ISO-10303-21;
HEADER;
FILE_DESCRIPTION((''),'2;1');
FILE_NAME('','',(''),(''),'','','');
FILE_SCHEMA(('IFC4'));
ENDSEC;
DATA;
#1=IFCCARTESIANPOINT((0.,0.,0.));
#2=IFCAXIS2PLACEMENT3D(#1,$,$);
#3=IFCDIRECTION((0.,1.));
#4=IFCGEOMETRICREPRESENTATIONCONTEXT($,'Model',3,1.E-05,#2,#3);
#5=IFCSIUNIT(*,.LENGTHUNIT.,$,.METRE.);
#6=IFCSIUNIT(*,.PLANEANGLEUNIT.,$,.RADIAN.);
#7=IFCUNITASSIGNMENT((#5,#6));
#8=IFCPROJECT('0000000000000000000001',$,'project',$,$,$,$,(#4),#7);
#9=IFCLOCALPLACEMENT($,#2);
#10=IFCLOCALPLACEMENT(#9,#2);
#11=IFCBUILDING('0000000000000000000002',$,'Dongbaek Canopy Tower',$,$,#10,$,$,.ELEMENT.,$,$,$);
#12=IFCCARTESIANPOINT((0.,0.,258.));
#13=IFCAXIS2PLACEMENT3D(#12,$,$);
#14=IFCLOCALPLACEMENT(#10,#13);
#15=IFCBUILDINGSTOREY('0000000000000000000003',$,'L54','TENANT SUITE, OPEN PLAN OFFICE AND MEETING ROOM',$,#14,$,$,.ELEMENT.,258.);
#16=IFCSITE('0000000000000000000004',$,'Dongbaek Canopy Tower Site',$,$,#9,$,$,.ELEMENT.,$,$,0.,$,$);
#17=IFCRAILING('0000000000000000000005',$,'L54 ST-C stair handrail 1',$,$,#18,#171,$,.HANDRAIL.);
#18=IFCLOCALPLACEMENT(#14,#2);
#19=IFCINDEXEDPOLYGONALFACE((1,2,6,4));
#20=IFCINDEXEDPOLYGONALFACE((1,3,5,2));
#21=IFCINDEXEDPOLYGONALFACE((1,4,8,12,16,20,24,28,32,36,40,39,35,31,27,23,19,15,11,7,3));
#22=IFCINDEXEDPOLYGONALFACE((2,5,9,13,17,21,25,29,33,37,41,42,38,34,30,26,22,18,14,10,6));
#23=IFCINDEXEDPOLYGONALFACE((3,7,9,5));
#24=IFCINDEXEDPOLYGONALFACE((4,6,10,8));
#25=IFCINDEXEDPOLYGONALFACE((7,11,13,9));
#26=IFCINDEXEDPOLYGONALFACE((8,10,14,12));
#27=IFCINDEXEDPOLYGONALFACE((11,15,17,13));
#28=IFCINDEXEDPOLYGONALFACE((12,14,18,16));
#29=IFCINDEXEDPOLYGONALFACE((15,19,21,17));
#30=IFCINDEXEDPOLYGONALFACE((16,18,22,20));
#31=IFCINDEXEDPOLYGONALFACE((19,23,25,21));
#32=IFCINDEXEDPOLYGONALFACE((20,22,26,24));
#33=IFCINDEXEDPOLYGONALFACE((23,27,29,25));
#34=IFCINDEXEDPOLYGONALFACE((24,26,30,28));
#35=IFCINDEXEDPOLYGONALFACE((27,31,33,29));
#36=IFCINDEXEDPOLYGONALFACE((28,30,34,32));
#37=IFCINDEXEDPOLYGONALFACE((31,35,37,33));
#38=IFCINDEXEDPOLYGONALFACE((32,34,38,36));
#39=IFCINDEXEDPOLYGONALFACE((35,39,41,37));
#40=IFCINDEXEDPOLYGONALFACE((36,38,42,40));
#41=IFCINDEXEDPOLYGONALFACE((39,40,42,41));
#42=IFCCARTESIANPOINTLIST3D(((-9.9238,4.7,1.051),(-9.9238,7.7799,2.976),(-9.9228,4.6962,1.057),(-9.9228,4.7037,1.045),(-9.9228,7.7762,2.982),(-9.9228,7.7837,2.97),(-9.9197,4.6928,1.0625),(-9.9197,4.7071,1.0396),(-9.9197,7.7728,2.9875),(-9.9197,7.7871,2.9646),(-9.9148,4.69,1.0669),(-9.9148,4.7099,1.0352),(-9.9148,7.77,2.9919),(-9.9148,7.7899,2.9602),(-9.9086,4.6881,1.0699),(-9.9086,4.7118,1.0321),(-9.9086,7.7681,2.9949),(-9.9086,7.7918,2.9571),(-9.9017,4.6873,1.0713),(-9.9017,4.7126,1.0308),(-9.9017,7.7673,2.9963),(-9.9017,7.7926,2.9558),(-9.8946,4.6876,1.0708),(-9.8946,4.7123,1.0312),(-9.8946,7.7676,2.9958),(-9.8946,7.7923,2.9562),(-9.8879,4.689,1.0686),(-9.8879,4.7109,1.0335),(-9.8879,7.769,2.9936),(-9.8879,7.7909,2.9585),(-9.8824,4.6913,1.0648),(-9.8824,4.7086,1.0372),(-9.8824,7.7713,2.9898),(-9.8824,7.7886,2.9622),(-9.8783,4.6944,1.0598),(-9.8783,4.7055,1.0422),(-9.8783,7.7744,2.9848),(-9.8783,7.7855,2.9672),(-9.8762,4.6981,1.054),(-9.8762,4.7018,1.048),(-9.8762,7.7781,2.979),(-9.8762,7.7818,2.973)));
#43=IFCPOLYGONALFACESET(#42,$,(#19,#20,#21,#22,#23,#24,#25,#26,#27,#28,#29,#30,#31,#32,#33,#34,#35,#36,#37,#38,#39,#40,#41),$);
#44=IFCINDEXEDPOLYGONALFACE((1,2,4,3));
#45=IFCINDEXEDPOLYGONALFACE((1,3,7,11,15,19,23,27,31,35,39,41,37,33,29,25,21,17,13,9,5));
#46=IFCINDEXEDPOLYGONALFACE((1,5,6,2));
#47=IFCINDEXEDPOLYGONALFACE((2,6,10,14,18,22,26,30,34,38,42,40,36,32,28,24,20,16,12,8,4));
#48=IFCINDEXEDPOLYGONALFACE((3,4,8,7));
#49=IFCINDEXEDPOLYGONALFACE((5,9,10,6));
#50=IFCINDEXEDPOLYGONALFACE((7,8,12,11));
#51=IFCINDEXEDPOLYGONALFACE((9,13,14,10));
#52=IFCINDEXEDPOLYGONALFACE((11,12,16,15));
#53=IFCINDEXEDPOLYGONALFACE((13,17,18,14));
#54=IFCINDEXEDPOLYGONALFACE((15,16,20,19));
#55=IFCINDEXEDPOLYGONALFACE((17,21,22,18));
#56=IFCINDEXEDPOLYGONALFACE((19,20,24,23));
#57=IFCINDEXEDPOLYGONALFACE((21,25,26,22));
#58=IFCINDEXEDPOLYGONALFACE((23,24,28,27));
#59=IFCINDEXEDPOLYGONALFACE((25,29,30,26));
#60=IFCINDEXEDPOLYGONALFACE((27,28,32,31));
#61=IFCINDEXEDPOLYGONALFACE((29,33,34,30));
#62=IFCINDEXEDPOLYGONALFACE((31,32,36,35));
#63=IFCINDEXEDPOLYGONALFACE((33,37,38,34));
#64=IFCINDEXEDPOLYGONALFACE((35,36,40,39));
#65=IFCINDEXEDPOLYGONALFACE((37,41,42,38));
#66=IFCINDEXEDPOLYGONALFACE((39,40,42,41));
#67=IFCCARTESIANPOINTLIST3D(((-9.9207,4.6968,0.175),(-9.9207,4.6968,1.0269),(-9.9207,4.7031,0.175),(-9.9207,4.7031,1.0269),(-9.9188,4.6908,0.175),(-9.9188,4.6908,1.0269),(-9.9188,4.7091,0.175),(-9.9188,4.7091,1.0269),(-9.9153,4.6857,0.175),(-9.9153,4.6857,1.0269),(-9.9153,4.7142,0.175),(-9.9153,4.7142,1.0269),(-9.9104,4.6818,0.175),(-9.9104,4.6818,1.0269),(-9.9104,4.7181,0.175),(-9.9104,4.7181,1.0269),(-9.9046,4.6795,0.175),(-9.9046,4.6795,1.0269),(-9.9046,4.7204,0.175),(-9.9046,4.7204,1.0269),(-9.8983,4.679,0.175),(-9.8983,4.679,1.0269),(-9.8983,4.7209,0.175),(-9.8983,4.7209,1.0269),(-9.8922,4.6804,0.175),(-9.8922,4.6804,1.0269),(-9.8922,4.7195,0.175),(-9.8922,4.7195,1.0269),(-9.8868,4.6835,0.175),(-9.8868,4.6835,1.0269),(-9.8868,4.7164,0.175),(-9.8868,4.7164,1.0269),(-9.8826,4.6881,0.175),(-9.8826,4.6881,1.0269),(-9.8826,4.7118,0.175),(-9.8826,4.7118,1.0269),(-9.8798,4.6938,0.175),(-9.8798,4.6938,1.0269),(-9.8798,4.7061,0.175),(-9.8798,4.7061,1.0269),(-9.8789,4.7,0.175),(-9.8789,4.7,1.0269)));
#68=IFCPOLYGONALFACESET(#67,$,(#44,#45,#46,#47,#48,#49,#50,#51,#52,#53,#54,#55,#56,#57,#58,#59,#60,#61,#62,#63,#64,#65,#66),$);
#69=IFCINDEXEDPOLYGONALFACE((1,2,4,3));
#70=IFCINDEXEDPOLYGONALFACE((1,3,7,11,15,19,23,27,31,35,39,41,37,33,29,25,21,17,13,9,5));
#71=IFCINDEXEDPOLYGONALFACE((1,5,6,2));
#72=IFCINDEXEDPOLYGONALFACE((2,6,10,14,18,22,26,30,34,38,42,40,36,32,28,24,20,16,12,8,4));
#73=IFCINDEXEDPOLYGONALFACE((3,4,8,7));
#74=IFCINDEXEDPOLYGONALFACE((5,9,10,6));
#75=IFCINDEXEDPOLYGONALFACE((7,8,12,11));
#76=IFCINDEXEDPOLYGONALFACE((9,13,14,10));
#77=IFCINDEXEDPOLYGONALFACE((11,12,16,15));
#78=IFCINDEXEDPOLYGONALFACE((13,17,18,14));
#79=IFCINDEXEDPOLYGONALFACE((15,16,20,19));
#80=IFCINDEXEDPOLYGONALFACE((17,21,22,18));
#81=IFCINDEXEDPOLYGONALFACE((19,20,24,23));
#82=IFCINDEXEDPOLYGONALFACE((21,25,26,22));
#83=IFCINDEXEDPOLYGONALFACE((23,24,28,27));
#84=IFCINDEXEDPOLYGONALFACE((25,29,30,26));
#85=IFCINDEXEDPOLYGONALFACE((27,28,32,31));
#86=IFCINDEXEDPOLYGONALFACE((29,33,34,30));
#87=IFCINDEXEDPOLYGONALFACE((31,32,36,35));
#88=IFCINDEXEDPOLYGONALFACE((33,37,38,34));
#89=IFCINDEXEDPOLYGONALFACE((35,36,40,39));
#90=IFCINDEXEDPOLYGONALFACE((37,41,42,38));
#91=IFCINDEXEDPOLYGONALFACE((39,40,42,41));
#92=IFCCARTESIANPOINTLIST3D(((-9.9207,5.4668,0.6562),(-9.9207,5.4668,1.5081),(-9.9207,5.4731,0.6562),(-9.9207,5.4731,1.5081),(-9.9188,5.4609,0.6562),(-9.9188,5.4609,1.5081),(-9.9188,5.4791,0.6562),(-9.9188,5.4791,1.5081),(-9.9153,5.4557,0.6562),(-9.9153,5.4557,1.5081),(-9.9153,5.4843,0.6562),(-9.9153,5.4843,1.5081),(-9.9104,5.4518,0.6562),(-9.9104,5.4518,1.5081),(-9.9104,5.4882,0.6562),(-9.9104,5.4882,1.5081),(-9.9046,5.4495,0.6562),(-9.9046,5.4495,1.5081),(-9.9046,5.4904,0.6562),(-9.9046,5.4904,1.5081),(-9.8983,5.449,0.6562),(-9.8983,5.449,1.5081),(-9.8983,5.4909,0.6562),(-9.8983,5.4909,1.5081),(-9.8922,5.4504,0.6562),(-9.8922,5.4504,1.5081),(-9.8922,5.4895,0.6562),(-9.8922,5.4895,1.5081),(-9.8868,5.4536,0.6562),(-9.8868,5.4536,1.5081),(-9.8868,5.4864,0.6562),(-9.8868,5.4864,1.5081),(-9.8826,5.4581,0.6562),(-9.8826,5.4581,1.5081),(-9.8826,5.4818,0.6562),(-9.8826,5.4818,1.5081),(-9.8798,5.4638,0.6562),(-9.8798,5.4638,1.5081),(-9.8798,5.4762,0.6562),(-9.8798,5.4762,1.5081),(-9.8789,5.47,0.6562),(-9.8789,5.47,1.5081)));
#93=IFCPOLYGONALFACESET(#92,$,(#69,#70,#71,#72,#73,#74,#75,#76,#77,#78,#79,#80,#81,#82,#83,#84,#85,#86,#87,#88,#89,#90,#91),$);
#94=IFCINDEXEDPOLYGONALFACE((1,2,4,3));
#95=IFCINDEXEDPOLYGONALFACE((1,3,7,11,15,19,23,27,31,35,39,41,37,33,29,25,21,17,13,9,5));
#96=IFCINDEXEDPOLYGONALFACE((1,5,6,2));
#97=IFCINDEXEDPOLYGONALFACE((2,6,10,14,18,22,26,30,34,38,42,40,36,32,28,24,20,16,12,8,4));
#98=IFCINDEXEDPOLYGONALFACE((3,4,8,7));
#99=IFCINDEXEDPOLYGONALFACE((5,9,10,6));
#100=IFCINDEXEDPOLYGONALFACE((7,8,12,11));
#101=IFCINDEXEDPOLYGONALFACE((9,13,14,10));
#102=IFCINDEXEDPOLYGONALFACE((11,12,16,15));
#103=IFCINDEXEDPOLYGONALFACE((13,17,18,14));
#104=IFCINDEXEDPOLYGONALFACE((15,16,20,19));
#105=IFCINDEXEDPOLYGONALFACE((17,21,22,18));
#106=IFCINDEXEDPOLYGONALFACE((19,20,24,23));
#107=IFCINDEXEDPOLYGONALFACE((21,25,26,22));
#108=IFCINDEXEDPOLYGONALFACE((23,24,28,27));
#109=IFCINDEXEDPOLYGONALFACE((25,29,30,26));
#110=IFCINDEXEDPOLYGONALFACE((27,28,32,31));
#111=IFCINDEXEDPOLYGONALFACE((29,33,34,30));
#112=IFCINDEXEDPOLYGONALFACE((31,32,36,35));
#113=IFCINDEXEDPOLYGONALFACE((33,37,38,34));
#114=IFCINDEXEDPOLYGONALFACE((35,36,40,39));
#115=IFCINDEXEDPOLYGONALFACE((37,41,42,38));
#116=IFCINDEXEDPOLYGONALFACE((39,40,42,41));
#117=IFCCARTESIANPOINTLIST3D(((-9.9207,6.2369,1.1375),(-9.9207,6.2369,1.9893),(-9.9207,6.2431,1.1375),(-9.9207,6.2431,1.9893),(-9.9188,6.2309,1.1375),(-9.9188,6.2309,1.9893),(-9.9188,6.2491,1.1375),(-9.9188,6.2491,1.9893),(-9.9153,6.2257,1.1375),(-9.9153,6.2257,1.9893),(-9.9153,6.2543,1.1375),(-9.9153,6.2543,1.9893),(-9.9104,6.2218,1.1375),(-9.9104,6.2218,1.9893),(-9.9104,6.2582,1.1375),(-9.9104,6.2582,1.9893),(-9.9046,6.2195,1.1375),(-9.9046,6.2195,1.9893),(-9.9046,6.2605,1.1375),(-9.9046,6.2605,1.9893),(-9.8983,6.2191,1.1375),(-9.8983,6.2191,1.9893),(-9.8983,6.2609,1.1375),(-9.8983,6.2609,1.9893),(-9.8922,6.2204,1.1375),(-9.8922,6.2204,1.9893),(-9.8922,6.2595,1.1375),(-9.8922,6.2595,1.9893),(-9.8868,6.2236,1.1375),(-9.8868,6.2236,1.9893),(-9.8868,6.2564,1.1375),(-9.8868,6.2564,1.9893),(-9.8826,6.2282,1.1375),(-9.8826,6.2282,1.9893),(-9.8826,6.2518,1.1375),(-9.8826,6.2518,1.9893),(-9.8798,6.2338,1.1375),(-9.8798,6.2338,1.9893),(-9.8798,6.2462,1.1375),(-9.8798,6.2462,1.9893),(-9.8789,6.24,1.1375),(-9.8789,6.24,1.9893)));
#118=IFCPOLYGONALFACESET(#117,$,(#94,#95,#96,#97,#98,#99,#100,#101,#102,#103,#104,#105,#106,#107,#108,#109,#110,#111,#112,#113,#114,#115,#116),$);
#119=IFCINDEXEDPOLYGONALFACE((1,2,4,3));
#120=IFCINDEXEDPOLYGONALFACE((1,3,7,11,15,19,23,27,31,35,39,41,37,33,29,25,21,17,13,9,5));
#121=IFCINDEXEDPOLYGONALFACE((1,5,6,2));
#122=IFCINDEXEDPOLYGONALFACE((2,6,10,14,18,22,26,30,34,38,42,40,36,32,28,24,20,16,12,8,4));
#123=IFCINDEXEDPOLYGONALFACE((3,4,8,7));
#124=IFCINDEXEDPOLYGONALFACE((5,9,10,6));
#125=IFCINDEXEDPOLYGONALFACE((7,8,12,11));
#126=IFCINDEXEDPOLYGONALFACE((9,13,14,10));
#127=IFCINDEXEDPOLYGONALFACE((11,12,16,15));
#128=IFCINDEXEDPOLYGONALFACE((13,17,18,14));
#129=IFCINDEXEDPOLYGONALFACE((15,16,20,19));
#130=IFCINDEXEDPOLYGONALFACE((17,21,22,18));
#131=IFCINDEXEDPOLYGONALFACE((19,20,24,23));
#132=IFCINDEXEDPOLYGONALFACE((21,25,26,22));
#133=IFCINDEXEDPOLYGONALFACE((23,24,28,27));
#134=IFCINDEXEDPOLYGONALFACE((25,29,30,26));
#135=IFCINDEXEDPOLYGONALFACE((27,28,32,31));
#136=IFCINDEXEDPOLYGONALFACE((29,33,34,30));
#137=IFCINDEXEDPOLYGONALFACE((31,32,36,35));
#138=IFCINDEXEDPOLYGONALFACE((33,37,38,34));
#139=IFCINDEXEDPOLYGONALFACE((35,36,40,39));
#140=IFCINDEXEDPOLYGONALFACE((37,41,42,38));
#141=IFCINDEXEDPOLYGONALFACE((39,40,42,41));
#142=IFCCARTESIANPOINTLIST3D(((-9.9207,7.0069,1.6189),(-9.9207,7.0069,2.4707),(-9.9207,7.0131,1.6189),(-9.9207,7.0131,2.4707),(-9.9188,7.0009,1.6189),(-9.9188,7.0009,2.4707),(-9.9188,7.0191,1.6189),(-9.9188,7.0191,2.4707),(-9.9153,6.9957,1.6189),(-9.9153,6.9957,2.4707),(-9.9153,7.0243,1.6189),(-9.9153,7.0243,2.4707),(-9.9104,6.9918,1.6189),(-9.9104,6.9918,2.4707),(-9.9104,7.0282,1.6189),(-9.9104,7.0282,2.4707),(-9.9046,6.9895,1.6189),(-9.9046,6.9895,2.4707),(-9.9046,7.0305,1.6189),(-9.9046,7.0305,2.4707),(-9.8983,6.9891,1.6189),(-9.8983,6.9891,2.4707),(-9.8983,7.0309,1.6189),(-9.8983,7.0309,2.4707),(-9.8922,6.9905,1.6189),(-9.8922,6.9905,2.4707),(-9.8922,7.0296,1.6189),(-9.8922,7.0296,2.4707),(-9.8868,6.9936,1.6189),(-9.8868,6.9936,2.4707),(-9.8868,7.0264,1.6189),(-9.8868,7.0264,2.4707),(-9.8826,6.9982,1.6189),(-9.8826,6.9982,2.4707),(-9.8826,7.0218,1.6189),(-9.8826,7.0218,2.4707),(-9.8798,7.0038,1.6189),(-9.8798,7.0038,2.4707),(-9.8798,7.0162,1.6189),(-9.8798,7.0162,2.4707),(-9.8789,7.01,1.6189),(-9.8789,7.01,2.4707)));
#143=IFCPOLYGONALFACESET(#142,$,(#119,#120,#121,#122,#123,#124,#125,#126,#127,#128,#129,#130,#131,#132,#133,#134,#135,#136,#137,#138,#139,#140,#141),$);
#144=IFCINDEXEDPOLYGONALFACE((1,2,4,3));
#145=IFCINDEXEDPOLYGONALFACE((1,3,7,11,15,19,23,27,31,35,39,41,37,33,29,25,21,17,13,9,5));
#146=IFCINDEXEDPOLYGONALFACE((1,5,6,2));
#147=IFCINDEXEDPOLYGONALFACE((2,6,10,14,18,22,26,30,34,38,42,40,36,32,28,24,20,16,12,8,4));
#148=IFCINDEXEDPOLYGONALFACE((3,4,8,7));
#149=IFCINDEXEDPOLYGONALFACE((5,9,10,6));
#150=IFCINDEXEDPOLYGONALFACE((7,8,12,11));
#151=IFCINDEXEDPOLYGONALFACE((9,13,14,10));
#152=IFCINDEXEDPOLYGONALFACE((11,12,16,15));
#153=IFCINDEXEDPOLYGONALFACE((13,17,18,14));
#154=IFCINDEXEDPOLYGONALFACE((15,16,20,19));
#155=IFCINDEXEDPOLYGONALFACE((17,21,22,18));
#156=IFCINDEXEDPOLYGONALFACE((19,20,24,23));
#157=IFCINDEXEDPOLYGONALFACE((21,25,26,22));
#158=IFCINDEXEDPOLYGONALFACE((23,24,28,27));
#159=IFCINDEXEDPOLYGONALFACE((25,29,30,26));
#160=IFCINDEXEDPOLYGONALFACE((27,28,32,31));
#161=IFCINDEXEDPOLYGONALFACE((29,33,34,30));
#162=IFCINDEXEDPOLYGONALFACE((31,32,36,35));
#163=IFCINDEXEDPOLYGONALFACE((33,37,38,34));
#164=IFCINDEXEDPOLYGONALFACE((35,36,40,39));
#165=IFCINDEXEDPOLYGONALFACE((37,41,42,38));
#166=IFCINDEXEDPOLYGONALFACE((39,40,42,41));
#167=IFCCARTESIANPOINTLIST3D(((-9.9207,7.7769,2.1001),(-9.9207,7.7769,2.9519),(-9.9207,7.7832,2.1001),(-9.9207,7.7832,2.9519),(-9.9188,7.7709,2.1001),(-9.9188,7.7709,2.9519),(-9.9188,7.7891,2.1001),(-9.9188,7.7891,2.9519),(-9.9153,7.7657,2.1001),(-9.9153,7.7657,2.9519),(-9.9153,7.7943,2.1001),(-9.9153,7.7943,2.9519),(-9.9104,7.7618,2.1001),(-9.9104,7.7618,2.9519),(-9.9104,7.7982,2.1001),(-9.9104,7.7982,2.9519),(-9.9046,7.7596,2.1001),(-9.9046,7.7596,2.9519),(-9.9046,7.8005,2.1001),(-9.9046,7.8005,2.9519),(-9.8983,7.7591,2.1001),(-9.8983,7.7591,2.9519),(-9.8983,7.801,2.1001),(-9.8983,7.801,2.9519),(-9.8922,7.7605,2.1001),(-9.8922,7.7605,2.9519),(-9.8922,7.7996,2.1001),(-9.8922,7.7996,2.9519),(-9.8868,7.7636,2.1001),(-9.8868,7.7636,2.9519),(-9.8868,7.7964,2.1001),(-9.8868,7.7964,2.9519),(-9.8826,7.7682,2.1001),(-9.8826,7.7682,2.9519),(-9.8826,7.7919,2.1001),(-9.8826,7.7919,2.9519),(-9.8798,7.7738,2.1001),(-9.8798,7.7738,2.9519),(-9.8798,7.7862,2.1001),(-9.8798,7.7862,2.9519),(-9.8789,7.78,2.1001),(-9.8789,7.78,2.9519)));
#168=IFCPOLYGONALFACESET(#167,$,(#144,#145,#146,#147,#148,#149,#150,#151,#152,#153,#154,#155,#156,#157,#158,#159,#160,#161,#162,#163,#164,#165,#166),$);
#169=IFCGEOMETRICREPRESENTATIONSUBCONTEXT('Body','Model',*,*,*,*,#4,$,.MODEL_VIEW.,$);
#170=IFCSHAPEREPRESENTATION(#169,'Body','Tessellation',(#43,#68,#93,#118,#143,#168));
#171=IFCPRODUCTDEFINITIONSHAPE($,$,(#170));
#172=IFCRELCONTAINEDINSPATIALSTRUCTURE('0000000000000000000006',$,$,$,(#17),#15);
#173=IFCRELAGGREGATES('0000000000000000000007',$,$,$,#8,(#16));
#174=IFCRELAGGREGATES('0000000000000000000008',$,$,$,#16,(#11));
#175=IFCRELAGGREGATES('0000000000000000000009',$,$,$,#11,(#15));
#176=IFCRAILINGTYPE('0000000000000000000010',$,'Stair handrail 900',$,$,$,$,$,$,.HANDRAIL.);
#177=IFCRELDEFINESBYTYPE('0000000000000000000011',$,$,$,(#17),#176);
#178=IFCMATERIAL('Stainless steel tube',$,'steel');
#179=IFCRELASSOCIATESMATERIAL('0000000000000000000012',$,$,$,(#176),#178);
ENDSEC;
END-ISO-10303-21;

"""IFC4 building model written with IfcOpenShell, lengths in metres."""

from ifc_helpers import new_model, si_unit, direction, frame, origin, origin_2d, place, context, subcontext, project, spatial, circle, extrude, material, type_object, element, save


model = new_model("IFC4")

# Units and contexts
model_context = context("Model", 3, precision=1e-05, world=origin(), true_north=direction((0.0, 1.0)))
body_context = subcontext(model_context, "Body", "Model", "MODEL_VIEW")
ifc_project = project(units=[si_unit("LENGTHUNIT", "METRE"), si_unit("PLANEANGLEUNIT", "RADIAN")], contexts=[model_context])

# Site, building, storey
site_placement = place(None, origin())
site = spatial("IfcSite", under=ifc_project, at=site_placement, Name="Dongbaek Canopy Tower Site", CompositionType="ELEMENT", RefElevation=0.0)
building_placement = place(site_placement, origin())
building = spatial("IfcBuilding", under=site, at=building_placement, Name="Dongbaek Canopy Tower", CompositionType="ELEMENT")
storey_placement = place(building_placement, frame((0.0, 0.0, 258.0)))
storey = spatial("IfcBuildingStorey", under=building, at=storey_placement, Name="L54", Description="TENANT SUITE, OPEN PLAN OFFICE AND MEETING ROOM", CompositionType="ELEMENT", Elevation=258.0)

# Railing
ifc_material_1 = material(Name="Stainless steel tube", Category="steel")
railing_type_1 = type_object("IfcRailingType", Name="Stair handrail 900", PredefinedType="HANDRAIL", material=ifc_material_1)
railing_1_placement = place(storey_placement, frame((-9.8999, 4.7, 0.175)))
element("IfcRailing", 1, at=railing_1_placement, inside=storey, type_object=railing_type_1, Name="L54 ST-C stair handrail 1", PredefinedType="HANDRAIL", context=body_context, shape_type="SweptSolid", body=[
    extrude(circle(Radius=0.0239, at=origin_2d()), frame((0.0, 0.0, 0.876), z_axis=(0.0, 0.847998, 0.529999), x_axis=(-1.0, 0.0, 0.0)), (0.0, 0.0, 1.0), 3.6321),
    extrude(circle(Radius=0.021, at=origin_2d()), origin(), (0.0, 0.0, 1.0), 0.8518),
    extrude(circle(Radius=0.021, at=origin_2d()), frame((0.0, 0.77, 0.4812)), (0.0, 0.0, 1.0), 0.8518),
    extrude(circle(Radius=0.021, at=origin_2d()), frame((0.0, 1.54, 0.9624)), (0.0, 0.0, 1.0), 0.8518),
    extrude(circle(Radius=0.021, at=origin_2d()), frame((0.0, 2.3101, 1.4438)), (0.0, 0.0, 1.0), 0.8518),
    extrude(circle(Radius=0.021, at=origin_2d()), frame((0.0, 3.0801, 1.925)), (0.0, 0.0, 1.0), 0.8518),
])

save(model, "model.ifc")
